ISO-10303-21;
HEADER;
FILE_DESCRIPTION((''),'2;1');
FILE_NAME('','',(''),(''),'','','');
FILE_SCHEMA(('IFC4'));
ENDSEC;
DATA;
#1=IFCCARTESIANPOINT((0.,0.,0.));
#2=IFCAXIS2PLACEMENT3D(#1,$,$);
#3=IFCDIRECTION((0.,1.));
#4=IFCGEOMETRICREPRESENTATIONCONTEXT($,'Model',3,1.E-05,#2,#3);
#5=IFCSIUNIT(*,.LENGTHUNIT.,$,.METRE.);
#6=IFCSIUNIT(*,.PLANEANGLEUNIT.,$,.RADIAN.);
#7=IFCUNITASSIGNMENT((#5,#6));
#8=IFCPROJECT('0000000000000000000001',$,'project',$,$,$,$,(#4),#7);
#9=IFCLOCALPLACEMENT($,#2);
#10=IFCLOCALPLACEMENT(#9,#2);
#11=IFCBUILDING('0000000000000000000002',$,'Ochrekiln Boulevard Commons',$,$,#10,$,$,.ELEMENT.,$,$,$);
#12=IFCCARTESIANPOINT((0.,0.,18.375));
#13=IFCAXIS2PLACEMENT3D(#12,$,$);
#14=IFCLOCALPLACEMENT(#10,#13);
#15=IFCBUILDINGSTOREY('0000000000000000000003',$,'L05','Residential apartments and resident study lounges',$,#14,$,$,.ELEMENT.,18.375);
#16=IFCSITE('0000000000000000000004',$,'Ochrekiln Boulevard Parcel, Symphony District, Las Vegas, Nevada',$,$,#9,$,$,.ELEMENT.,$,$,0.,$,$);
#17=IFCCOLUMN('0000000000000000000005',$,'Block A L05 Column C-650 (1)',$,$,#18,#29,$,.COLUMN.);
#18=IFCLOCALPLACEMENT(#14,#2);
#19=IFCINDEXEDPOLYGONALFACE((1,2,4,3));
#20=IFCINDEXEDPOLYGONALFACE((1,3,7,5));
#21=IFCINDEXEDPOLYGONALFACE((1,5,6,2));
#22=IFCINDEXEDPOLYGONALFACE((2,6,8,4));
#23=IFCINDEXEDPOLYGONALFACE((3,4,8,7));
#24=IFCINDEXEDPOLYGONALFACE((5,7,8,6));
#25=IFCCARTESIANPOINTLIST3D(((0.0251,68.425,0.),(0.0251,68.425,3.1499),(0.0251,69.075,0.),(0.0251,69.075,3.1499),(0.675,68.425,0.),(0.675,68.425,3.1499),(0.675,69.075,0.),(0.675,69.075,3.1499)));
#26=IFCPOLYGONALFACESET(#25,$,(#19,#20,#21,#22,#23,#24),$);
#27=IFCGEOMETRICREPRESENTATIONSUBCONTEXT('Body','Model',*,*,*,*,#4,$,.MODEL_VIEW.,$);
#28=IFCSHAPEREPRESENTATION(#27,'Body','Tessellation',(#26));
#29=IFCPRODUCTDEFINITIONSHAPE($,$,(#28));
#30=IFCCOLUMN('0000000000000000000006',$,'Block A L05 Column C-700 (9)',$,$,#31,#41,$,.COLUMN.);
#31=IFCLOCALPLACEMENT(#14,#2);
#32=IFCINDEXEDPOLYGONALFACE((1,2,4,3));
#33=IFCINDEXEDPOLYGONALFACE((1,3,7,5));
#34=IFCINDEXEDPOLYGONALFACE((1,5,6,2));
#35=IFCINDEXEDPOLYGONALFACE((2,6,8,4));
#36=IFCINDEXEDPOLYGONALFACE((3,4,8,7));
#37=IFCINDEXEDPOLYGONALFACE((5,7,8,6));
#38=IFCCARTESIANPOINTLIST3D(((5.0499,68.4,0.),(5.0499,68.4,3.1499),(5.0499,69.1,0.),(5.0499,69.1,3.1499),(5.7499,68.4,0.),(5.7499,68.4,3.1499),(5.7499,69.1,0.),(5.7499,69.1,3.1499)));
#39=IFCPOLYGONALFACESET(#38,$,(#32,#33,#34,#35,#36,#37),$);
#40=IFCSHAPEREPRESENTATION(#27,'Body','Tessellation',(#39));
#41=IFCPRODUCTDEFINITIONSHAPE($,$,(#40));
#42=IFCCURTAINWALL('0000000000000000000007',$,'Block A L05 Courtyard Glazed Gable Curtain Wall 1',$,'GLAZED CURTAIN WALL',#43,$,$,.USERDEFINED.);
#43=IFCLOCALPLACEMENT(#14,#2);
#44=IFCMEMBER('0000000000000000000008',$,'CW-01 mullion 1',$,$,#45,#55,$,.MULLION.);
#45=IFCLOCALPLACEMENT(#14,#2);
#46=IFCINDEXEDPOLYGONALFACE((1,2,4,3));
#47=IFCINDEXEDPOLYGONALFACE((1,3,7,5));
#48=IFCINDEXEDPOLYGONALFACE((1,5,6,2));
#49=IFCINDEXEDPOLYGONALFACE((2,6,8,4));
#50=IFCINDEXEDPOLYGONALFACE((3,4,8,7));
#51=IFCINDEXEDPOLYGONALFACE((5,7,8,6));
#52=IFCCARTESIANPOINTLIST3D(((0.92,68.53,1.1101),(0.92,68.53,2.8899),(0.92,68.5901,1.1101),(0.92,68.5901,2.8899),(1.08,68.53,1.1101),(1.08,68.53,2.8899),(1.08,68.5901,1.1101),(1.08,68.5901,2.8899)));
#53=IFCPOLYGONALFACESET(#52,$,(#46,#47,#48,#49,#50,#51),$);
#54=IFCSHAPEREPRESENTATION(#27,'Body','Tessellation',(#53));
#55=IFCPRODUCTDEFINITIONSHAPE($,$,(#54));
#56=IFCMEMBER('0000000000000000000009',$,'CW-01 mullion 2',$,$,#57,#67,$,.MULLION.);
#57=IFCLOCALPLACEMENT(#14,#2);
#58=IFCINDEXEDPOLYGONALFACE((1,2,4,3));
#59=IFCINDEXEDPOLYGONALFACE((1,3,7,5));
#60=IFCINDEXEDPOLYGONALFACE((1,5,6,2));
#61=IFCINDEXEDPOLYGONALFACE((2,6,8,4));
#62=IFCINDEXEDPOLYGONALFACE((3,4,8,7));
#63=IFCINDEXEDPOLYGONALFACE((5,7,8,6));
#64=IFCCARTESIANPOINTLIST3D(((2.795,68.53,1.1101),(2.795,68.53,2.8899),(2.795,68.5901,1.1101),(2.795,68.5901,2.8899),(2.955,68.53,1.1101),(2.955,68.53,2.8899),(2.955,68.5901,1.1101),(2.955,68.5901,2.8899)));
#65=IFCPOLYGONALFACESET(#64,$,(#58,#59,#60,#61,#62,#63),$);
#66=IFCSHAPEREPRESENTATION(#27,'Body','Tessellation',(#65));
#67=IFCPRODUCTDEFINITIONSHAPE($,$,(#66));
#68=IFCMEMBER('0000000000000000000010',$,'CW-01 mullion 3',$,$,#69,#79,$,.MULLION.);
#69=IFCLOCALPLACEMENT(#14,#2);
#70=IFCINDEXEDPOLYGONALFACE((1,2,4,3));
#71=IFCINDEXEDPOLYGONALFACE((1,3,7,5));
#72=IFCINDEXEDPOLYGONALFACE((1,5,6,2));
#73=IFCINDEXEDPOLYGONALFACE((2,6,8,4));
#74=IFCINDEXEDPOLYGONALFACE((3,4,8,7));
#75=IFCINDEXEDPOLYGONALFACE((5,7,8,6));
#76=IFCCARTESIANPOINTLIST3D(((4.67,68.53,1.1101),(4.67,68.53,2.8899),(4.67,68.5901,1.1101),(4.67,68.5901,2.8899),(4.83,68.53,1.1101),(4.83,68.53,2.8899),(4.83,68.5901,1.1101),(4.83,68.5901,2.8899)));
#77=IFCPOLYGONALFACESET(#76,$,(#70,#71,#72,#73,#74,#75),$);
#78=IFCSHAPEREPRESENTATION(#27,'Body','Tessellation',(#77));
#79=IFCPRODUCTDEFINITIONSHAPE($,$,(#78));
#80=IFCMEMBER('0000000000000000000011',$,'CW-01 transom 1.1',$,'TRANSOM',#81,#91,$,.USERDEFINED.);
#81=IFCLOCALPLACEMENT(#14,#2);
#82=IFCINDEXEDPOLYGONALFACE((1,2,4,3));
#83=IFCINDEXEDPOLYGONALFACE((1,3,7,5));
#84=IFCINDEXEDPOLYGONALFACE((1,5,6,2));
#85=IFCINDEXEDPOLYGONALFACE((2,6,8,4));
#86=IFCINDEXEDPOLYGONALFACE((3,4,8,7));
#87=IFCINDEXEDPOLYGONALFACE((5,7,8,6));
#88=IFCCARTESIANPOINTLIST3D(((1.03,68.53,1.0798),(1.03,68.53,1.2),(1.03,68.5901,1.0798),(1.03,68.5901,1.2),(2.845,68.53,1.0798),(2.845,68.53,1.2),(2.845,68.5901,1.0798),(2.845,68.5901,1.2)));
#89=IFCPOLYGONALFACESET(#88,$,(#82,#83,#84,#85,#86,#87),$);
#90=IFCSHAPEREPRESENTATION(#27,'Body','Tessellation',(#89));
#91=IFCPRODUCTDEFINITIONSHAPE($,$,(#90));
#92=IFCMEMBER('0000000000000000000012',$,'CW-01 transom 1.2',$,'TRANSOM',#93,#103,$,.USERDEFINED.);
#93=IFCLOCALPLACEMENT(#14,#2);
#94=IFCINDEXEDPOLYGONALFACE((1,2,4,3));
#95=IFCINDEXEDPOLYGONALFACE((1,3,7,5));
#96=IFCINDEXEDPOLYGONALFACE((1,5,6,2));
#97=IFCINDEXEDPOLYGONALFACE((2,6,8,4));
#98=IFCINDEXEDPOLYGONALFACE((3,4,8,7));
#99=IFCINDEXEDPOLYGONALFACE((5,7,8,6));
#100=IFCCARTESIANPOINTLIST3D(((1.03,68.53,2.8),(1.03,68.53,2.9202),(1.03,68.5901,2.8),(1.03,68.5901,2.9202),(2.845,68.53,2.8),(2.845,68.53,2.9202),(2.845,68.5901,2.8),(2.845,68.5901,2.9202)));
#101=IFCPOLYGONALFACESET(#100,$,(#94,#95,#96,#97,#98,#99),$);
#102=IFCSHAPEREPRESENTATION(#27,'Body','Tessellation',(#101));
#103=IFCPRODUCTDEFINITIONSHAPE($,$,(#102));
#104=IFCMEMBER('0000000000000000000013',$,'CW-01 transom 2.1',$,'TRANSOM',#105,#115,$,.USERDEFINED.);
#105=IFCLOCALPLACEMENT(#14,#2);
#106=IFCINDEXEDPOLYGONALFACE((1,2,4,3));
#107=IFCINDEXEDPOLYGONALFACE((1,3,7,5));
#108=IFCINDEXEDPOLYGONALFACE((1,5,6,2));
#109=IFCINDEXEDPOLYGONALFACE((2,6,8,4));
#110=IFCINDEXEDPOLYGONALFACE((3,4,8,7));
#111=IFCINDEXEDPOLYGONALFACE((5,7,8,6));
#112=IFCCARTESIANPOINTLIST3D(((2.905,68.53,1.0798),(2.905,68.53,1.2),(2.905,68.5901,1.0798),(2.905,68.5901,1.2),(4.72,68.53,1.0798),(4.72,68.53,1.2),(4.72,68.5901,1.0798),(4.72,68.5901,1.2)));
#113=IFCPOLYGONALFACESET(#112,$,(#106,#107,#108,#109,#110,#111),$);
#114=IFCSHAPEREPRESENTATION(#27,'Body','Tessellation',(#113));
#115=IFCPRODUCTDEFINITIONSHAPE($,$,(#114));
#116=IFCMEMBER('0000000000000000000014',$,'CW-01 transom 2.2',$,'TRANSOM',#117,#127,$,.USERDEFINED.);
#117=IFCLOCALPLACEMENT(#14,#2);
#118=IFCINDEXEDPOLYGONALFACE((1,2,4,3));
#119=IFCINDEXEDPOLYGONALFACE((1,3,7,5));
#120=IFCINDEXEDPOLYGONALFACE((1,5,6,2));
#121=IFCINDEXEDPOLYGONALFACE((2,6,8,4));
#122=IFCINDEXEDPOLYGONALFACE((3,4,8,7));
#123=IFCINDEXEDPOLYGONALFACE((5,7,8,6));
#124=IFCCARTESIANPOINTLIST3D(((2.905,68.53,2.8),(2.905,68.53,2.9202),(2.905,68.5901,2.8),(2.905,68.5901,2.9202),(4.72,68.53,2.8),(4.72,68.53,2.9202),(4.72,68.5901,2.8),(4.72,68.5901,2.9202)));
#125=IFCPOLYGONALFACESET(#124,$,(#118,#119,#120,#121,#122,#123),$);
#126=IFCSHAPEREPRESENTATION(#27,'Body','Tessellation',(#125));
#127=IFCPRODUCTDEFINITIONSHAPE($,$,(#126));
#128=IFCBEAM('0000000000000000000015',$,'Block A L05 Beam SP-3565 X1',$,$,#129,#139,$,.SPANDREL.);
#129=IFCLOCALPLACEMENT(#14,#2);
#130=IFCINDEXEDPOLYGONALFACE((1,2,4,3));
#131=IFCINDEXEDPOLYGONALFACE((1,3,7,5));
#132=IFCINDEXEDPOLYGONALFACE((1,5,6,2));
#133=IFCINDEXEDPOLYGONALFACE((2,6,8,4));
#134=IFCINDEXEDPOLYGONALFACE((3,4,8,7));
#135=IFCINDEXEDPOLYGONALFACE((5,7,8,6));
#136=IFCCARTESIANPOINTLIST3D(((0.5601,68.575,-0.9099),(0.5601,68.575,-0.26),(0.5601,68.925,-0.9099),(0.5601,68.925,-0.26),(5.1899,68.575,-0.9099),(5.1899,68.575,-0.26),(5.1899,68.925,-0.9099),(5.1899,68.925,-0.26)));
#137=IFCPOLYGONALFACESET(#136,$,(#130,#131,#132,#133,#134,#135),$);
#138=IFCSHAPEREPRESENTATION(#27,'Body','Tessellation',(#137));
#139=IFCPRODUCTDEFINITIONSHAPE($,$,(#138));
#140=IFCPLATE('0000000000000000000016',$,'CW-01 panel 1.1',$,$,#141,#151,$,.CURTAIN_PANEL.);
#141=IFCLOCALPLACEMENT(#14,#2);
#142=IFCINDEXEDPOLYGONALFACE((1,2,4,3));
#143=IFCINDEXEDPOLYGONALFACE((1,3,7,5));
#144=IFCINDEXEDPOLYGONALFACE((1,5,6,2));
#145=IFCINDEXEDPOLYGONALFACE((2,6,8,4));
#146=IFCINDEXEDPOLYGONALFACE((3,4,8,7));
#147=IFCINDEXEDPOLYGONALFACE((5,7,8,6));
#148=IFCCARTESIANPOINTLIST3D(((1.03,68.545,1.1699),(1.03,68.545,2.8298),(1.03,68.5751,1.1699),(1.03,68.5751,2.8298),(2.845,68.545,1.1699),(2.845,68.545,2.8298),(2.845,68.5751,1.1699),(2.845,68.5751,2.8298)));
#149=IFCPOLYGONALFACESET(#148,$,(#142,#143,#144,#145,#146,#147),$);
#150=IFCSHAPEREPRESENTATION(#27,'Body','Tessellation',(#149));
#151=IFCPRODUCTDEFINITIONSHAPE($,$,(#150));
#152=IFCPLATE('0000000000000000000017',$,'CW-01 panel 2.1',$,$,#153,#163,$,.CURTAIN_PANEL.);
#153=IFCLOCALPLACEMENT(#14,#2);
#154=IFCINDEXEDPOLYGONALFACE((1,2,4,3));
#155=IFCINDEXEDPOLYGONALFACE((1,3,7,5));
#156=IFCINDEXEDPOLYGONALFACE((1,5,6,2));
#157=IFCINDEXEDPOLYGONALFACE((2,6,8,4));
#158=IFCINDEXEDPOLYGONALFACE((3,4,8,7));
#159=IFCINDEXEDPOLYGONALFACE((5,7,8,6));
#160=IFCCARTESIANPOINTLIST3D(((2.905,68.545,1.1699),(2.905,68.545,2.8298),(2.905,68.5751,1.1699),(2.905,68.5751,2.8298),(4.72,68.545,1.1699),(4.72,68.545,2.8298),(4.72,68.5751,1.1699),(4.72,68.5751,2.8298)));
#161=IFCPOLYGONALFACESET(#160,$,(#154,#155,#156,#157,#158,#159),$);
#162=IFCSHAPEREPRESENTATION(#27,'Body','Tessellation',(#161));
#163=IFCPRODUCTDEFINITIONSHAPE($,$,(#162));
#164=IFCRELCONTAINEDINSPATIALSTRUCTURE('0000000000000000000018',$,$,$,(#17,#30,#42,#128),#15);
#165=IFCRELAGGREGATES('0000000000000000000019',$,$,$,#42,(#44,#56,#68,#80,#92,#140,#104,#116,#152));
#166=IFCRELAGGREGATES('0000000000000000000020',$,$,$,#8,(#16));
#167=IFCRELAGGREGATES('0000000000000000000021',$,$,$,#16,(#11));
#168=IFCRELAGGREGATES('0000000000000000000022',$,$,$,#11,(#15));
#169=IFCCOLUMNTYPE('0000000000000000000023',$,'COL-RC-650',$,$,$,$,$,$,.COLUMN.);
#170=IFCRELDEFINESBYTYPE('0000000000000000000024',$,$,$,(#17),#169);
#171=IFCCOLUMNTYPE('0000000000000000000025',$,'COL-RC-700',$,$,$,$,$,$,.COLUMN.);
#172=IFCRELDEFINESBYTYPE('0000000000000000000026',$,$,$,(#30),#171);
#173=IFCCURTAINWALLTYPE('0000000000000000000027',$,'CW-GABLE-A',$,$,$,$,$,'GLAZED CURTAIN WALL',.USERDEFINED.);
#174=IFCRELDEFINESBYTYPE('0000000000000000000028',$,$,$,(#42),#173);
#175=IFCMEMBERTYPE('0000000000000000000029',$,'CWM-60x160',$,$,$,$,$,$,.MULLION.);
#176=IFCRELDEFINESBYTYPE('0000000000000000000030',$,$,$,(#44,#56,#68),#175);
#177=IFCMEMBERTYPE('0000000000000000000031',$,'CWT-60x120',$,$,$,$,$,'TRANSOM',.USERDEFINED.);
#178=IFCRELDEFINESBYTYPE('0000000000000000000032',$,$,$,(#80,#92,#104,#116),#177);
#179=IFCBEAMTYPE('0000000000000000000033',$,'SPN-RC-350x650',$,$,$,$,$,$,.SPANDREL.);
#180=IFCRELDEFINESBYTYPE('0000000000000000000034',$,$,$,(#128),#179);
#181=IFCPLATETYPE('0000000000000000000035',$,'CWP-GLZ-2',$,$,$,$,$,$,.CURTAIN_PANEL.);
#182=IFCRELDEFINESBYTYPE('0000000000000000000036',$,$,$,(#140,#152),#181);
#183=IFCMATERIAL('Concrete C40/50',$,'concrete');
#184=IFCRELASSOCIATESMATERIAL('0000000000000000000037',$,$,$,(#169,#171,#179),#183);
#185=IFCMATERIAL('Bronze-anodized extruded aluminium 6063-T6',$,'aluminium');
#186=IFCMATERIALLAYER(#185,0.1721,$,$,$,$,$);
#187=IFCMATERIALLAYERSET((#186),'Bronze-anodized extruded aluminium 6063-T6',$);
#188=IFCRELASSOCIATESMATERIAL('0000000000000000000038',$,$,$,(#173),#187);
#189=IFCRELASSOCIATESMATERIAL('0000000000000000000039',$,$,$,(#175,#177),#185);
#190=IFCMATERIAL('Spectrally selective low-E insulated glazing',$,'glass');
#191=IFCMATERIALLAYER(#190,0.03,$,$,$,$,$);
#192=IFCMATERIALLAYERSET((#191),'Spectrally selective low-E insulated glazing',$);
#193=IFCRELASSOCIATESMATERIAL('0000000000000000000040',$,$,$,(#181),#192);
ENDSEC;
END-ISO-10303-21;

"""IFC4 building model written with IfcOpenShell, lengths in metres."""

from ifc_helpers import new_model, si_unit, direction, frame, origin, origin_2d, place, context, subcontext, project, spatial, rectangle, extrude, material, layer, layer_set, material_profile, profile_set, type_object, element, aggregate, save


model = new_model("IFC4")

# Units and contexts
model_context = context("Model", 3, precision=1e-05, world=origin(), true_north=direction((0.0, 1.0)))
body_context = subcontext(model_context, "Body", "Model", "MODEL_VIEW")
ifc_project = project(units=[si_unit("LENGTHUNIT", "METRE"), si_unit("PLANEANGLEUNIT", "RADIAN")], contexts=[model_context])

# Site, building, storey
site_placement = place(None, origin())
site = spatial("IfcSite", under=ifc_project, at=site_placement, Name="Ochrekiln Boulevard Parcel, Symphony District, Las Vegas, Nevada", CompositionType="ELEMENT", RefElevation=0.0)
building_placement = place(site_placement, origin())
building = spatial("IfcBuilding", under=site, at=building_placement, Name="Ochrekiln Boulevard Commons", CompositionType="ELEMENT")
storey_placement = place(building_placement, frame((0.0, 0.0, 18.375)))
storey = spatial("IfcBuildingStorey", under=building, at=storey_placement, Name="L05", Description="Residential apartments and resident study lounges", CompositionType="ELEMENT", Elevation=18.375)

# Columns
ifc_material_1 = material(Name="Concrete C40/50", Category="concrete")
ifc_material_profile_1 = material_profile(ifc_material_1, rectangle(XDim=0.6499, YDim=0.6499, at=origin_2d()), Name="RC-COL-650x650")
ifc_profile_set_1 = profile_set([ifc_material_profile_1], Name="Concrete C40/50")
column_type_1 = type_object("IfcColumnType", Name="COL-RC-650", PredefinedType="COLUMN", material=ifc_profile_set_1)
column_1_placement = place(storey_placement, frame((0.3501, 68.75, 0.0), z_axis=(0.0, 0.0, 1.0), x_axis=(1.0, 0.0, 0.0)))
element("IfcColumn", 1, at=column_1_placement, inside=storey, type_object=column_type_1, Name="Block A L05 Column C-650 (1)", PredefinedType="COLUMN", context=body_context, shape_type="SweptSolid", body=[
    extrude(rectangle(XDim=0.6499, YDim=0.6499, at=origin_2d()), origin(), (0.0, 0.0, 1.0), 3.1499),
])
ifc_material_profile_2 = material_profile(ifc_material_1, rectangle(XDim=0.7, YDim=0.7, at=origin_2d()), Name="RC-COL-700x700")
ifc_profile_set_2 = profile_set([ifc_material_profile_2], Name="Concrete C40/50")
column_type_2 = type_object("IfcColumnType", Name="COL-RC-700", PredefinedType="COLUMN", material=ifc_profile_set_2)
column_2_placement = place(storey_placement, frame((5.3999, 68.75, 0.0), z_axis=(0.0, 0.0, 1.0), x_axis=(1.0, 0.0, 0.0)))
element("IfcColumn", 2, at=column_2_placement, inside=storey, type_object=column_type_2, Name="Block A L05 Column C-700 (9)", PredefinedType="COLUMN", context=body_context, shape_type="SweptSolid", body=[
    extrude(rectangle(XDim=0.7, YDim=0.7, at=origin_2d()), origin(), (0.0, 0.0, 1.0), 3.1499),
])

# Curtain wall, members
ifc_material_2 = material(Name="Bronze-anodized extruded aluminium 6063-T6", Category="aluminium")
ifc_layer_1 = layer(ifc_material_2, 0.1721)
ifc_layer_set_1 = layer_set([ifc_layer_1], Name="Bronze-anodized extruded aluminium 6063-T6")
curtain_wall_type = type_object("IfcCurtainWallType", Name="CW-GABLE-A", ElementType="GLAZED CURTAIN WALL", PredefinedType="USERDEFINED", material=ifc_layer_set_1)
curtain_wall_placement = place(storey_placement, origin())
curtain_wall = element("IfcCurtainWall", 3, at=curtain_wall_placement, inside=storey, type_object=curtain_wall_type, Name="Block A L05 Courtyard Glazed Gable Curtain Wall 1", ObjectType="GLAZED CURTAIN WALL", PredefinedType="USERDEFINED")
ifc_material_profile_3 = material_profile(ifc_material_2, rectangle(XDim=0.0601, YDim=0.1599, at=origin_2d()), Name="ALU-MUL-60x160")
ifc_profile_set_3 = profile_set([ifc_material_profile_3], Name="Bronze-anodized extruded aluminium 6063-T6")
member_type_1 = type_object("IfcMemberType", Name="CWM-60x160", PredefinedType="MULLION", material=ifc_profile_set_3)
member_1_placement = place(storey_placement, frame((1.0, 68.5601, 1.1101), z_axis=(0.0, 0.0, 1.0), x_axis=(0.0, 1.0, 0.0)))
member_1 = element("IfcMember", 4, at=member_1_placement, type_object=member_type_1, Name="CW-01 mullion 1", PredefinedType="MULLION", context=body_context, shape_type="SweptSolid", body=[
    extrude(rectangle(XDim=0.0601, YDim=0.1599, at=origin_2d()), origin(), (0.0, 0.0, 1.0), 1.7798),
])
member_2_placement = place(storey_placement, frame((2.875, 68.5601, 1.1101), z_axis=(0.0, 0.0, 1.0), x_axis=(0.0, 1.0, 0.0)))
member_2 = element("IfcMember", 5, at=member_2_placement, type_object=member_type_1, Name="CW-01 mullion 2", PredefinedType="MULLION", context=body_context, shape_type="SweptSolid", body=[
    extrude(rectangle(XDim=0.0601, YDim=0.1599, at=origin_2d()), origin(), (0.0, 0.0, 1.0), 1.7798),
])
member_3_placement = place(storey_placement, frame((4.75, 68.5601, 1.1101), z_axis=(0.0, 0.0, 1.0), x_axis=(0.0, 1.0, 0.0)))
member_3 = element("IfcMember", 6, at=member_3_placement, type_object=member_type_1, Name="CW-01 mullion 3", PredefinedType="MULLION", context=body_context, shape_type="SweptSolid", body=[
    extrude(rectangle(XDim=0.0601, YDim=0.1599, at=origin_2d()), origin(), (0.0, 0.0, 1.0), 1.7798),
])
ifc_material_profile_4 = material_profile(ifc_material_2, rectangle(XDim=0.0601, YDim=0.1201, at=origin_2d()), Name="ALU-TRN-60x120")
ifc_profile_set_4 = profile_set([ifc_material_profile_4], Name="Bronze-anodized extruded aluminium 6063-T6")
member_type_2 = type_object("IfcMemberType", Name="CWT-60x120", ElementType="TRANSOM", PredefinedType="USERDEFINED", material=ifc_profile_set_4)
member_4_placement = place(storey_placement, frame((1.03, 68.5601, 1.1399), z_axis=(1.0, 0.0, 0.0), x_axis=(0.0, 1.0, 0.0)))
member_4 = element("IfcMember", 7, at=member_4_placement, type_object=member_type_2, Name="CW-01 transom 1.1", ObjectType="TRANSOM", PredefinedType="USERDEFINED", context=body_context, shape_type="SweptSolid", body=[
    extrude(rectangle(XDim=0.0601, YDim=0.1201, at=origin_2d()), origin(), (0.0, 0.0, 1.0), 1.8149),
])
member_5_placement = place(storey_placement, frame((1.03, 68.5601, 2.8601), z_axis=(1.0, 0.0, 0.0), x_axis=(0.0, 1.0, 0.0)))
member_5 = element("IfcMember", 8, at=member_5_placement, type_object=member_type_2, Name="CW-01 transom 1.2", ObjectType="TRANSOM", PredefinedType="USERDEFINED", context=body_context, shape_type="SweptSolid", body=[
    extrude(rectangle(XDim=0.0601, YDim=0.1201, at=origin_2d()), origin(), (0.0, 0.0, 1.0), 1.8149),
])
member_6_placement = place(storey_placement, frame((2.905, 68.5601, 1.1399), z_axis=(1.0, 0.0, 0.0), x_axis=(0.0, 1.0, 0.0)))
member_6 = element("IfcMember", 9, at=member_6_placement, type_object=member_type_2, Name="CW-01 transom 2.1", ObjectType="TRANSOM", PredefinedType="USERDEFINED", context=body_context, shape_type="SweptSolid", body=[
    extrude(rectangle(XDim=0.0601, YDim=0.1201, at=origin_2d()), origin(), (0.0, 0.0, 1.0), 1.8149),
])
member_7_placement = place(storey_placement, frame((2.905, 68.5601, 2.8601), z_axis=(1.0, 0.0, 0.0), x_axis=(0.0, 1.0, 0.0)))
member_7 = element("IfcMember", 10, at=member_7_placement, type_object=member_type_2, Name="CW-01 transom 2.2", ObjectType="TRANSOM", PredefinedType="USERDEFINED", context=body_context, shape_type="SweptSolid", body=[
    extrude(rectangle(XDim=0.0601, YDim=0.1201, at=origin_2d()), origin(), (0.0, 0.0, 1.0), 1.8149),
])

# Beam
ifc_material_profile_5 = material_profile(ifc_material_1, rectangle(XDim=0.3501, YDim=0.6499, at=origin_2d()), Name="RC-SPN-350x650")
ifc_profile_set_5 = profile_set([ifc_material_profile_5], Name="Concrete C40/50")
beam_type = type_object("IfcBeamType", Name="SPN-RC-350x650", PredefinedType="SPANDREL", material=ifc_profile_set_5)
beam_placement = place(storey_placement, frame((0.5601, 68.75, -0.585), z_axis=(1.0, 0.0, 0.0), x_axis=(0.0, 1.0, 0.0)))
element("IfcBeam", 11, at=beam_placement, inside=storey, type_object=beam_type, Name="Block A L05 Beam SP-3565 X1", PredefinedType="SPANDREL", context=body_context, shape_type="SweptSolid", body=[
    extrude(rectangle(XDim=0.3501, YDim=0.6499, at=origin_2d()), origin(), (0.0, 0.0, 1.0), 4.6299),
])

# Plates
ifc_material_3 = material(Name="Spectrally selective low-E insulated glazing", Category="glass")
ifc_layer_2 = layer(ifc_material_3, 0.03)
ifc_layer_set_2 = layer_set([ifc_layer_2], Name="Spectrally selective low-E insulated glazing")
plate_type = type_object("IfcPlateType", Name="CWP-GLZ-2", PredefinedType="CURTAIN_PANEL", material=ifc_layer_set_2)
plate_1_placement = place(storey_placement, frame((1.9375, 68.5601, 1.1699), z_axis=(0.0, 0.0, 1.0), x_axis=(1.0, 0.0, 0.0)))
plate_1 = element("IfcPlate", 12, at=plate_1_placement, type_object=plate_type, Name="CW-01 panel 1.1", PredefinedType="CURTAIN_PANEL", context=body_context, shape_type="SweptSolid", body=[
    extrude(rectangle(XDim=1.8149, YDim=0.03, at=origin_2d()), origin(), (0.0, 0.0, 1.0), 1.6599),
])
plate_2_placement = place(storey_placement, frame((3.8125, 68.5601, 1.1699), z_axis=(0.0, 0.0, 1.0), x_axis=(1.0, 0.0, 0.0)))
plate_2 = element("IfcPlate", 13, at=plate_2_placement, type_object=plate_type, Name="CW-01 panel 2.1", PredefinedType="CURTAIN_PANEL", context=body_context, shape_type="SweptSolid", body=[
    extrude(rectangle(XDim=1.8149, YDim=0.03, at=origin_2d()), origin(), (0.0, 0.0, 1.0), 1.6599),
])
aggregate(curtain_wall, [member_1, member_2, member_3, member_4, member_5, plate_1, member_6, member_7, plate_2])

save(model, "model.ifc")
